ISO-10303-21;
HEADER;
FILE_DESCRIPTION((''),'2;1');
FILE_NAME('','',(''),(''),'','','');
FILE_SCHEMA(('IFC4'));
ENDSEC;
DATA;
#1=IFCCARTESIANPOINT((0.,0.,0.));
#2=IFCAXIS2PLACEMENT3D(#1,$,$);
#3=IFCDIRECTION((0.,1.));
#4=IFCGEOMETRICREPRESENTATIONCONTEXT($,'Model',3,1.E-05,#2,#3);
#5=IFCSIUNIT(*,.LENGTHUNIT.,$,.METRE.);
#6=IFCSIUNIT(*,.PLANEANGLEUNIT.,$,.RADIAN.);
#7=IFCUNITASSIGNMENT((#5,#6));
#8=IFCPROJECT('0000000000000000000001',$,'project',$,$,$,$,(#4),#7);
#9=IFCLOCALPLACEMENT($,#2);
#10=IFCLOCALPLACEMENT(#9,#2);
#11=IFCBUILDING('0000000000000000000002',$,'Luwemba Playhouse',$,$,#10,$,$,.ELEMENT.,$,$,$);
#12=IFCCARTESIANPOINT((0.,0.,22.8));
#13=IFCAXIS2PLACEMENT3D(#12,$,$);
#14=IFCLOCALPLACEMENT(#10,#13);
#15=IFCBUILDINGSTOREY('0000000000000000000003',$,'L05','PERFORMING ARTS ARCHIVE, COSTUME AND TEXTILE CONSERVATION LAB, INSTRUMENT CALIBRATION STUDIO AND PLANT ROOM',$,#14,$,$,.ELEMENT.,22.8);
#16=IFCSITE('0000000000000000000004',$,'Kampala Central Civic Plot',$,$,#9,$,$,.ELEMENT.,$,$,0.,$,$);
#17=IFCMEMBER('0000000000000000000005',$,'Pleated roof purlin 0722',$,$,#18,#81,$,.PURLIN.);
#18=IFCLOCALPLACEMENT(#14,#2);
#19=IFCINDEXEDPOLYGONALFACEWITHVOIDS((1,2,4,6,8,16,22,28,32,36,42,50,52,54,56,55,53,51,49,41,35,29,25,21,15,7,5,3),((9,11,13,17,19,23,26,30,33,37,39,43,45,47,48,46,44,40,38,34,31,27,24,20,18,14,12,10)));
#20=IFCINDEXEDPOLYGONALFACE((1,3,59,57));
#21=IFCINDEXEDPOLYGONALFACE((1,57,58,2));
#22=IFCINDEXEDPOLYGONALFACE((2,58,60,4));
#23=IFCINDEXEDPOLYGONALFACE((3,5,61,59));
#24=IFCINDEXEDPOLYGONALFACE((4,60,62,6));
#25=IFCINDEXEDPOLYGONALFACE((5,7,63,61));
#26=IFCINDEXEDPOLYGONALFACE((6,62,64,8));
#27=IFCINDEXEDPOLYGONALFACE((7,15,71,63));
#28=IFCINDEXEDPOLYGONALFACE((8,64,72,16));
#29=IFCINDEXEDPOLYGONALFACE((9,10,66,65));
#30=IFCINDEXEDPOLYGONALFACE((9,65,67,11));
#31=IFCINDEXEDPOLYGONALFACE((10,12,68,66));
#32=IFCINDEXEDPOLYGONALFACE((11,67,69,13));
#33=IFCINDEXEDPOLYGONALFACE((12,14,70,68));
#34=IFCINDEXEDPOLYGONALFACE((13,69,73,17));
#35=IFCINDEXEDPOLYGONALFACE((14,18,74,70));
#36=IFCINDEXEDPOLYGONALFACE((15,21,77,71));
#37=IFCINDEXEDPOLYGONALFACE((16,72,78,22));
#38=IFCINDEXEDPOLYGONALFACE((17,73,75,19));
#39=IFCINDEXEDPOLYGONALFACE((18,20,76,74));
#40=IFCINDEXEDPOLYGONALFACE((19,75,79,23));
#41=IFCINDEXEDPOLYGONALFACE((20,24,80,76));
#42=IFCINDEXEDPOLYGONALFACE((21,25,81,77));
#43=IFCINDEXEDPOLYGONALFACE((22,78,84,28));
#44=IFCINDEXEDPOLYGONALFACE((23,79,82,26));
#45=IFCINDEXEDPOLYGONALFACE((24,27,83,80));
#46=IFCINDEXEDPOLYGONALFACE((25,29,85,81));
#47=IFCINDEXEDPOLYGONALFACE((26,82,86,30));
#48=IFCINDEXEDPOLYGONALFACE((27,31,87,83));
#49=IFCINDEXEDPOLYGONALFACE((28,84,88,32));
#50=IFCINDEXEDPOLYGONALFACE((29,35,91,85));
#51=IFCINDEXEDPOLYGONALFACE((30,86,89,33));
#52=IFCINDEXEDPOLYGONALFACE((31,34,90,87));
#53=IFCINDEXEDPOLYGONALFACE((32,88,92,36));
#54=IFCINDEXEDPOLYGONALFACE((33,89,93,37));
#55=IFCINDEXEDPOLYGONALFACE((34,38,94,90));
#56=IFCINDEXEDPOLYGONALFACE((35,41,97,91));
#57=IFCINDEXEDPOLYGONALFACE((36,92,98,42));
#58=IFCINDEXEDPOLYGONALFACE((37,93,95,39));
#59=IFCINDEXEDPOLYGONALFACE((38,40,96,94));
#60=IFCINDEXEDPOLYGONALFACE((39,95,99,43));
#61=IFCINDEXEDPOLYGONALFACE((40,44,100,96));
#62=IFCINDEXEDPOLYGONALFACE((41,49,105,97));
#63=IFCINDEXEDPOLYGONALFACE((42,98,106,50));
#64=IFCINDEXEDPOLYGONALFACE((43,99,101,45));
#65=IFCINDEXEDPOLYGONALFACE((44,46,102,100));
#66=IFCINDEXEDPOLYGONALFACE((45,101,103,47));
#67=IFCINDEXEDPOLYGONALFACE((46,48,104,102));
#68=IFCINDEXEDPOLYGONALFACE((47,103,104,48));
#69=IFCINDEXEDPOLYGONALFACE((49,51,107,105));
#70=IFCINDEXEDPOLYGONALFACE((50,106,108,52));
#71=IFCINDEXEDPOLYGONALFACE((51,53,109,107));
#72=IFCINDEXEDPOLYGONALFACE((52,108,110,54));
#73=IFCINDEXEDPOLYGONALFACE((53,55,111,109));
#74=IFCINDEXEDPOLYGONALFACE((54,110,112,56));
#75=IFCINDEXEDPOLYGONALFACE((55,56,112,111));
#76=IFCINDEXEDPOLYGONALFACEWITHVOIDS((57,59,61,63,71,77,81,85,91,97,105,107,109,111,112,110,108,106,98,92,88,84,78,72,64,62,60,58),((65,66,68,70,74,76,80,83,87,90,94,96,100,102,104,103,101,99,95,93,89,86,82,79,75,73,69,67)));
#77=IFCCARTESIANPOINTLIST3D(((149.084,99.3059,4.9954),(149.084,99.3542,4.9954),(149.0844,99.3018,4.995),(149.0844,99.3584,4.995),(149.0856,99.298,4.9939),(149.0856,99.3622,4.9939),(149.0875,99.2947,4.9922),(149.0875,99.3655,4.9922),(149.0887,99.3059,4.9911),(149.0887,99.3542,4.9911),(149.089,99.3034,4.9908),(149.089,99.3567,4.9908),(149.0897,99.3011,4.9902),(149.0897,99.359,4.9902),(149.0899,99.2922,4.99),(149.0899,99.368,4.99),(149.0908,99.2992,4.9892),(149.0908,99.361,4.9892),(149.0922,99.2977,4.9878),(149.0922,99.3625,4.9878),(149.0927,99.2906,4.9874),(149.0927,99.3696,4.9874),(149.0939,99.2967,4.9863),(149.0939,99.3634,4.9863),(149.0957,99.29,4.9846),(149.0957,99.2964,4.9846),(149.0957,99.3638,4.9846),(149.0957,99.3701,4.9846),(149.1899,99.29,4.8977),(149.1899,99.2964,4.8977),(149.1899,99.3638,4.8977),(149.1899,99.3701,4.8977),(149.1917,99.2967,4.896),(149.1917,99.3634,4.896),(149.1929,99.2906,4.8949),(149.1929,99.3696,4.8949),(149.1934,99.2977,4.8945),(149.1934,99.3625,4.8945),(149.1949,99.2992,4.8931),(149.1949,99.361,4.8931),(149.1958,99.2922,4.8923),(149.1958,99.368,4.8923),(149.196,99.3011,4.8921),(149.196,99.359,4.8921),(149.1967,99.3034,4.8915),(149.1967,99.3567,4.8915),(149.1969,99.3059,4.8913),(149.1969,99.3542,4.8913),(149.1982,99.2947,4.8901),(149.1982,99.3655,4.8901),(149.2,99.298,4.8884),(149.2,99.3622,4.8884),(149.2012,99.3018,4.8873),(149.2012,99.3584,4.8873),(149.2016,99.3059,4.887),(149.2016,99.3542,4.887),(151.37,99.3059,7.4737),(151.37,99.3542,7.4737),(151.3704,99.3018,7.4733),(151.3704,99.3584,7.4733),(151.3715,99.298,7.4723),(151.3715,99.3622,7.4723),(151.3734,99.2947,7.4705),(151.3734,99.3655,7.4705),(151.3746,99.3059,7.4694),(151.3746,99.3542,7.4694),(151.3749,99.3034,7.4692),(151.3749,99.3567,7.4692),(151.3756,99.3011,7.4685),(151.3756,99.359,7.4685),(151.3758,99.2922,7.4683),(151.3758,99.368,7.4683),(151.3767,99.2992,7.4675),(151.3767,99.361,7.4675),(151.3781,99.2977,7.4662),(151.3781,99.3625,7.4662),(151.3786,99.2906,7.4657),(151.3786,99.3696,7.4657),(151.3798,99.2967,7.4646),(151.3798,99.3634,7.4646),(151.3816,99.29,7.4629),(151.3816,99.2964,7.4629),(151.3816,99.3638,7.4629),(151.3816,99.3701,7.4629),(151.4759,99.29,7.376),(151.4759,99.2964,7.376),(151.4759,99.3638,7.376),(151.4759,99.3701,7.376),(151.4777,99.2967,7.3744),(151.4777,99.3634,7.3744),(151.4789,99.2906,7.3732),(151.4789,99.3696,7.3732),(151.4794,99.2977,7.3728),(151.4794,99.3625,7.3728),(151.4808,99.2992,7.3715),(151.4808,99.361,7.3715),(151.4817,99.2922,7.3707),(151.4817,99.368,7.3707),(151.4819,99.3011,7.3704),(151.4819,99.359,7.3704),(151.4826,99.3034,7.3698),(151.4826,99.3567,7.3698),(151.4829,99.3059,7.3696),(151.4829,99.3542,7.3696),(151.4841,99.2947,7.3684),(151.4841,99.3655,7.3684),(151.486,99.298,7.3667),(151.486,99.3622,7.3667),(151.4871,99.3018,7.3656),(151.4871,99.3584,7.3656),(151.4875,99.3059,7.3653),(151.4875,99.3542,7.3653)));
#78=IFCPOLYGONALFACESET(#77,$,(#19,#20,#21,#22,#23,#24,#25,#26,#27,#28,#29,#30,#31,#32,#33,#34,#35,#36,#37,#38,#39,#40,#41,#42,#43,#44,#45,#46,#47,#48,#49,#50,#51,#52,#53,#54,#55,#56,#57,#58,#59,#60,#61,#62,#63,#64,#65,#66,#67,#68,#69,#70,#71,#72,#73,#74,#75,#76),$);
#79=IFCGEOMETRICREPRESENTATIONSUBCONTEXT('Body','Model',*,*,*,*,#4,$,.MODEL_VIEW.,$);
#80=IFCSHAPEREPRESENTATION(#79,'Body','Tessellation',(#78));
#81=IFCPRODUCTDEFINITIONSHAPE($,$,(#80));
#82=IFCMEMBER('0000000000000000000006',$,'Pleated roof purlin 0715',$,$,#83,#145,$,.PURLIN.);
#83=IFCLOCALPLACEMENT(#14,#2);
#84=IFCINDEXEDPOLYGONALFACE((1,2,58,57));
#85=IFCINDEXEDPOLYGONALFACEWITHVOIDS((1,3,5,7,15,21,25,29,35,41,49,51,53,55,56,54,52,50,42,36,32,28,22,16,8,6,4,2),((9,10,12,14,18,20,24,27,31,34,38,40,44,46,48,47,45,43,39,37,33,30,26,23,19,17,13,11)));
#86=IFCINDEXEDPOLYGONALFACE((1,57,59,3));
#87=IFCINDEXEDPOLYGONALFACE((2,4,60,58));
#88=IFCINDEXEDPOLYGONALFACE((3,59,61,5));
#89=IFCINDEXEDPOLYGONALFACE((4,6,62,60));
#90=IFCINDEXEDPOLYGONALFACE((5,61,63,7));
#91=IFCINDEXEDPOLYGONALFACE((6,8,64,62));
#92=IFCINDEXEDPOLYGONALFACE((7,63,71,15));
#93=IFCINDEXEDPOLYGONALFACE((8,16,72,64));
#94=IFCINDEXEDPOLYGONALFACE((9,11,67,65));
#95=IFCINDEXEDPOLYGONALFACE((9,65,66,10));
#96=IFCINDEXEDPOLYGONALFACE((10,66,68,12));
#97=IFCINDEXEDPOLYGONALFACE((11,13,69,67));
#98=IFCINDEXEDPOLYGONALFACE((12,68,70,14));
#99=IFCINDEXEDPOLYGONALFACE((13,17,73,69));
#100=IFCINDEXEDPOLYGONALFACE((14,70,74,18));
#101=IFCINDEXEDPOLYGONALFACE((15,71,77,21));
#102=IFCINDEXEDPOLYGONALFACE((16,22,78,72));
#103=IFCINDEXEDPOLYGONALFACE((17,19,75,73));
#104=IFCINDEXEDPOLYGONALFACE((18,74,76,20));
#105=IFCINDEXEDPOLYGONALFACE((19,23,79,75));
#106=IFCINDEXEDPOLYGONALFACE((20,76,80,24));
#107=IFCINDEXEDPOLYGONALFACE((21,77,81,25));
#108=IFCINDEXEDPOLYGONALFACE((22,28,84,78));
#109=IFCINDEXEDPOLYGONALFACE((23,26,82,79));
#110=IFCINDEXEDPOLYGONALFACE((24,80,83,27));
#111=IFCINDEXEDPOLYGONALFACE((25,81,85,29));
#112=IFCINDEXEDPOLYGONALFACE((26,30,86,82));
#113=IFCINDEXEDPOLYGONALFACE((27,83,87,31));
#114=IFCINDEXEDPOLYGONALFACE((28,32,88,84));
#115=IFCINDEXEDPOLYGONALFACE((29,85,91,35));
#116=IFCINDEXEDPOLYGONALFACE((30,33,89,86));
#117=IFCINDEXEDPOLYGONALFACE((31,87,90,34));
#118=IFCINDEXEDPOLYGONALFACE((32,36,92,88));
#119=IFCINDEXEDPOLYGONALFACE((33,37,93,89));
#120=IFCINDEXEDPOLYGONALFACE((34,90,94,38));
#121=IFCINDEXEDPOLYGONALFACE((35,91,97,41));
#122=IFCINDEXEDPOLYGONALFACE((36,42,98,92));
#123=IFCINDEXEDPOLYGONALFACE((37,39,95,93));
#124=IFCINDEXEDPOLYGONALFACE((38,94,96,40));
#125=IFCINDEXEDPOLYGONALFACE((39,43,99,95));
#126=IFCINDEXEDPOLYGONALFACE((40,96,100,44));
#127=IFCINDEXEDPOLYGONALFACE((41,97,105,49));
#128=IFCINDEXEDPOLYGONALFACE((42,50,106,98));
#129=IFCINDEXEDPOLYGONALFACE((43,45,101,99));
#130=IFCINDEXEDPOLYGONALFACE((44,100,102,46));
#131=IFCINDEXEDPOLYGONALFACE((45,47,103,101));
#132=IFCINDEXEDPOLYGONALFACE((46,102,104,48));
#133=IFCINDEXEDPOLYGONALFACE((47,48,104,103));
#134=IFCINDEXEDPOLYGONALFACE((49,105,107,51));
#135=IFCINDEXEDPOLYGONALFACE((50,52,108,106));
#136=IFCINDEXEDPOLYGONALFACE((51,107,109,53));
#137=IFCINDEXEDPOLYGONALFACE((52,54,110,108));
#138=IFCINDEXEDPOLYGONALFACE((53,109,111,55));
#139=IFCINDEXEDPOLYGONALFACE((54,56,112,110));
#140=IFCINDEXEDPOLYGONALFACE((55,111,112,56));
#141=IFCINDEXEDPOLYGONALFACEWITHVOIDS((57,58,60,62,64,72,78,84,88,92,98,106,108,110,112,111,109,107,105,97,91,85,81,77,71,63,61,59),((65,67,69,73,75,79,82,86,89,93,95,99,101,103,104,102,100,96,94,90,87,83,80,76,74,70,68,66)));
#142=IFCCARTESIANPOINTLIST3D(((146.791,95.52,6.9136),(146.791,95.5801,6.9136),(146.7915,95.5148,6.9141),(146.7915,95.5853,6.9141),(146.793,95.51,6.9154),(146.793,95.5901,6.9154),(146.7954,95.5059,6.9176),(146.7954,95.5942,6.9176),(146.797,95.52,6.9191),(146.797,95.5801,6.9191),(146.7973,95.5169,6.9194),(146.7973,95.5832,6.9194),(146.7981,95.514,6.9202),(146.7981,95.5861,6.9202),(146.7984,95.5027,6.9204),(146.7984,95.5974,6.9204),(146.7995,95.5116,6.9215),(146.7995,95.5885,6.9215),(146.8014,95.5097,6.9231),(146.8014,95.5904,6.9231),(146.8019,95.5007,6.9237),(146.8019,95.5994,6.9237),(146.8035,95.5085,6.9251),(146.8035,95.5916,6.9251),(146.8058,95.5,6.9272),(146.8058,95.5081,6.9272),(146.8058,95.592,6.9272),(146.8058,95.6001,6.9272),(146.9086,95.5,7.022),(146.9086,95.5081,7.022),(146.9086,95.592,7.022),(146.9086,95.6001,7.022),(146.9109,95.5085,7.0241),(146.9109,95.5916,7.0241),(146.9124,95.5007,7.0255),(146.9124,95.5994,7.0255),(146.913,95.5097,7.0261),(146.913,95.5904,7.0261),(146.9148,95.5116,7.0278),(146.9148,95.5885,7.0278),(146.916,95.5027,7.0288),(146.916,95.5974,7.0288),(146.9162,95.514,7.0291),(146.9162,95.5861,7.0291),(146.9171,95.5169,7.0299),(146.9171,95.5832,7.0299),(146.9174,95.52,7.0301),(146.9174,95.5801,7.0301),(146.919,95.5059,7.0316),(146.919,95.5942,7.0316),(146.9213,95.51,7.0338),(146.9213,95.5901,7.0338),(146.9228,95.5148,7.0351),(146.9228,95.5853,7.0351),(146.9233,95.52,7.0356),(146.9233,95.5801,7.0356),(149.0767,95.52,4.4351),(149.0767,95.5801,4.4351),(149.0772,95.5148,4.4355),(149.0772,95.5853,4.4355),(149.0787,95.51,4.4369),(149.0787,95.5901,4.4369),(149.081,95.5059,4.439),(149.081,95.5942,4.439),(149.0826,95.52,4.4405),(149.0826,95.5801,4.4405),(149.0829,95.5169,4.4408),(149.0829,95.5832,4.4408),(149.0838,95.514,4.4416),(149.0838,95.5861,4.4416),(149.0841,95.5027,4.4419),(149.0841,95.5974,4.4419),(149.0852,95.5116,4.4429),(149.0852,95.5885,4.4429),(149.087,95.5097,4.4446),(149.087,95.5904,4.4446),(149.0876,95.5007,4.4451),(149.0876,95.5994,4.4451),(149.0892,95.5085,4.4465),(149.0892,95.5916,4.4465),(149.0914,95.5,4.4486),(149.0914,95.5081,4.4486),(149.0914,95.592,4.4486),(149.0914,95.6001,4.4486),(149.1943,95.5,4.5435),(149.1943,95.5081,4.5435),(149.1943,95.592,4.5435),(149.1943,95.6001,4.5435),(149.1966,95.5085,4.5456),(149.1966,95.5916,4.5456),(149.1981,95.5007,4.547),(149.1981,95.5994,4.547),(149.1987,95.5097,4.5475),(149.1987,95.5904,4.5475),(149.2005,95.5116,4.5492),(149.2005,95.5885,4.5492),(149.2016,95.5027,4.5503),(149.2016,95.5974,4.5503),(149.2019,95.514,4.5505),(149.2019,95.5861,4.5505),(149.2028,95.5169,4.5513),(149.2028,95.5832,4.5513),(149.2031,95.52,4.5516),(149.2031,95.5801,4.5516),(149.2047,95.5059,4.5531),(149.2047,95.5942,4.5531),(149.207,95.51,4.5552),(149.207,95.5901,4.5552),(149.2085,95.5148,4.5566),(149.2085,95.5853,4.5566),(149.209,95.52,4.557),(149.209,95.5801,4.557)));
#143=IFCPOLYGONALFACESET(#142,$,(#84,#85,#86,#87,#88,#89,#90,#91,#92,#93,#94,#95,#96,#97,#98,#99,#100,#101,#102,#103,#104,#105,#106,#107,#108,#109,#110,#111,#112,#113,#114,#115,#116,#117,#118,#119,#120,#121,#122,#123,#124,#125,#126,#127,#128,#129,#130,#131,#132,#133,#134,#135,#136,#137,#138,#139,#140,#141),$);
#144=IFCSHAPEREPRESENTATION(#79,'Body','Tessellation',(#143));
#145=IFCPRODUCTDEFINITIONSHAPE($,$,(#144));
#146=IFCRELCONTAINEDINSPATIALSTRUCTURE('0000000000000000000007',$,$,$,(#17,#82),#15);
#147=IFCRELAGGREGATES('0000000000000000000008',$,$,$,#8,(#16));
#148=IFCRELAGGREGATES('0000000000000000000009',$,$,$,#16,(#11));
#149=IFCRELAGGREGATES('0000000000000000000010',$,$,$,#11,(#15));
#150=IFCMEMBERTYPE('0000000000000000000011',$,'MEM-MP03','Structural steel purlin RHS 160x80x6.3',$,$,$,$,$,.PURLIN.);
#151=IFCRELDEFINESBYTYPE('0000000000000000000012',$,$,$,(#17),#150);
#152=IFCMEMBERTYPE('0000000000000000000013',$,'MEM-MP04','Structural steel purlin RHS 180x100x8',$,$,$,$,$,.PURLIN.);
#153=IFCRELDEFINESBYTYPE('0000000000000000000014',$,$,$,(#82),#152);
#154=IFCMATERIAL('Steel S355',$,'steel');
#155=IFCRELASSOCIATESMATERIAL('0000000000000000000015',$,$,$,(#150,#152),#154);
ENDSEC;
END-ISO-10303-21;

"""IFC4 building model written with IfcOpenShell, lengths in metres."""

from ifc_helpers import new_model, si_unit, direction, frame, origin, origin_2d, place, context, subcontext, project, spatial, hollow_rectangle, extrude, material, material_profile, profile_set, type_object, element, save


model = new_model("IFC4")

# Units and contexts
model_context = context("Model", 3, precision=1e-05, world=origin(), true_north=direction((0.0, 1.0)))
body_context = subcontext(model_context, "Body", "Model", "MODEL_VIEW")
ifc_project = project(units=[si_unit("LENGTHUNIT", "METRE"), si_unit("PLANEANGLEUNIT", "RADIAN")], contexts=[model_context])

# Site, building, storey
site_placement = place(None, origin())
site = spatial("IfcSite", under=ifc_project, at=site_placement, Name="Kampala Central Civic Plot", CompositionType="ELEMENT", RefElevation=0.0)
building_placement = place(site_placement, origin())
building = spatial("IfcBuilding", under=site, at=building_placement, Name="Luwemba Playhouse", CompositionType="ELEMENT")
storey_placement = place(building_placement, frame((0.0, 0.0, 22.8)))
storey = spatial("IfcBuildingStorey", under=building, at=storey_placement, Name="L05", Description="PERFORMING ARTS ARCHIVE, COSTUME AND TEXTILE CONSERVATION LAB, INSTRUMENT CALIBRATION STUDIO AND PLANT ROOM", CompositionType="ELEMENT", Elevation=22.8)

# Shared definitions
ifc_material_1 = material(Name="Steel S355", Category="steel")

# Members
ifc_material_profile_1 = material_profile(ifc_material_1, hollow_rectangle(XDim=0.0801, YDim=0.1599, WallThickness=0.0063, InnerFilletRadius=0.0095, OuterFilletRadius=0.0159, at=origin_2d()))
ifc_profile_set_1 = profile_set([ifc_material_profile_1], Name="Steel S355")
member_type_1 = type_object("IfcMemberType", Name="MEM-MP03", Description="Structural steel purlin RHS 160x80x6.3", PredefinedType="PURLIN", material=ifc_profile_set_1)
member_1_placement = place(storey_placement, frame((149.1428, 99.3301, 4.9412), z_axis=(0.678, 0.0, 0.735062), x_axis=(0.0, 1.0, 0.0)))
element("IfcMember", 1, at=member_1_placement, inside=storey, type_object=member_type_1, Name="Pleated roof purlin 0722", PredefinedType="PURLIN", context=body_context, shape_type="SweptSolid", body=[
    extrude(hollow_rectangle(XDim=0.0801, YDim=0.1599, WallThickness=0.0063, InnerFilletRadius=0.0095, OuterFilletRadius=0.0159, at=origin_2d()), origin(), (0.0, 0.0, 1.0), 3.3716),
])
ifc_material_profile_2 = material_profile(ifc_material_1, hollow_rectangle(XDim=0.1001, YDim=0.1799, WallThickness=0.0081, InnerFilletRadius=0.012, OuterFilletRadius=0.02, at=origin_2d()))
ifc_profile_set_2 = profile_set([ifc_material_profile_2], Name="Steel S355")
member_type_2 = type_object("IfcMemberType", Name="MEM-MP04", Description="Structural steel purlin RHS 180x100x8", PredefinedType="PURLIN", material=ifc_profile_set_2)
for number, where, z_axis, x_axis, name in (
    (2, (146.8572, 95.55, 6.9746), (0.677925, 0.0, -0.735131), (0.0, 1.0, 0.0), "Pleated roof purlin 0715"),
):
    element("IfcMember", number, at=place(storey_placement, frame(where, z_axis=z_axis, x_axis=x_axis)), inside=storey, type_object=member_type_2, Name=name, PredefinedType="PURLIN", context=body_context, shape_type="SweptSolid", body=[
        extrude(hollow_rectangle(XDim=0.1001, YDim=0.1799, WallThickness=0.0081, InnerFilletRadius=0.012, OuterFilletRadius=0.02, at=origin_2d()), origin(), (0.0, 0.0, 1.0), 3.3716),
    ])

save(model, "model.ifc")
